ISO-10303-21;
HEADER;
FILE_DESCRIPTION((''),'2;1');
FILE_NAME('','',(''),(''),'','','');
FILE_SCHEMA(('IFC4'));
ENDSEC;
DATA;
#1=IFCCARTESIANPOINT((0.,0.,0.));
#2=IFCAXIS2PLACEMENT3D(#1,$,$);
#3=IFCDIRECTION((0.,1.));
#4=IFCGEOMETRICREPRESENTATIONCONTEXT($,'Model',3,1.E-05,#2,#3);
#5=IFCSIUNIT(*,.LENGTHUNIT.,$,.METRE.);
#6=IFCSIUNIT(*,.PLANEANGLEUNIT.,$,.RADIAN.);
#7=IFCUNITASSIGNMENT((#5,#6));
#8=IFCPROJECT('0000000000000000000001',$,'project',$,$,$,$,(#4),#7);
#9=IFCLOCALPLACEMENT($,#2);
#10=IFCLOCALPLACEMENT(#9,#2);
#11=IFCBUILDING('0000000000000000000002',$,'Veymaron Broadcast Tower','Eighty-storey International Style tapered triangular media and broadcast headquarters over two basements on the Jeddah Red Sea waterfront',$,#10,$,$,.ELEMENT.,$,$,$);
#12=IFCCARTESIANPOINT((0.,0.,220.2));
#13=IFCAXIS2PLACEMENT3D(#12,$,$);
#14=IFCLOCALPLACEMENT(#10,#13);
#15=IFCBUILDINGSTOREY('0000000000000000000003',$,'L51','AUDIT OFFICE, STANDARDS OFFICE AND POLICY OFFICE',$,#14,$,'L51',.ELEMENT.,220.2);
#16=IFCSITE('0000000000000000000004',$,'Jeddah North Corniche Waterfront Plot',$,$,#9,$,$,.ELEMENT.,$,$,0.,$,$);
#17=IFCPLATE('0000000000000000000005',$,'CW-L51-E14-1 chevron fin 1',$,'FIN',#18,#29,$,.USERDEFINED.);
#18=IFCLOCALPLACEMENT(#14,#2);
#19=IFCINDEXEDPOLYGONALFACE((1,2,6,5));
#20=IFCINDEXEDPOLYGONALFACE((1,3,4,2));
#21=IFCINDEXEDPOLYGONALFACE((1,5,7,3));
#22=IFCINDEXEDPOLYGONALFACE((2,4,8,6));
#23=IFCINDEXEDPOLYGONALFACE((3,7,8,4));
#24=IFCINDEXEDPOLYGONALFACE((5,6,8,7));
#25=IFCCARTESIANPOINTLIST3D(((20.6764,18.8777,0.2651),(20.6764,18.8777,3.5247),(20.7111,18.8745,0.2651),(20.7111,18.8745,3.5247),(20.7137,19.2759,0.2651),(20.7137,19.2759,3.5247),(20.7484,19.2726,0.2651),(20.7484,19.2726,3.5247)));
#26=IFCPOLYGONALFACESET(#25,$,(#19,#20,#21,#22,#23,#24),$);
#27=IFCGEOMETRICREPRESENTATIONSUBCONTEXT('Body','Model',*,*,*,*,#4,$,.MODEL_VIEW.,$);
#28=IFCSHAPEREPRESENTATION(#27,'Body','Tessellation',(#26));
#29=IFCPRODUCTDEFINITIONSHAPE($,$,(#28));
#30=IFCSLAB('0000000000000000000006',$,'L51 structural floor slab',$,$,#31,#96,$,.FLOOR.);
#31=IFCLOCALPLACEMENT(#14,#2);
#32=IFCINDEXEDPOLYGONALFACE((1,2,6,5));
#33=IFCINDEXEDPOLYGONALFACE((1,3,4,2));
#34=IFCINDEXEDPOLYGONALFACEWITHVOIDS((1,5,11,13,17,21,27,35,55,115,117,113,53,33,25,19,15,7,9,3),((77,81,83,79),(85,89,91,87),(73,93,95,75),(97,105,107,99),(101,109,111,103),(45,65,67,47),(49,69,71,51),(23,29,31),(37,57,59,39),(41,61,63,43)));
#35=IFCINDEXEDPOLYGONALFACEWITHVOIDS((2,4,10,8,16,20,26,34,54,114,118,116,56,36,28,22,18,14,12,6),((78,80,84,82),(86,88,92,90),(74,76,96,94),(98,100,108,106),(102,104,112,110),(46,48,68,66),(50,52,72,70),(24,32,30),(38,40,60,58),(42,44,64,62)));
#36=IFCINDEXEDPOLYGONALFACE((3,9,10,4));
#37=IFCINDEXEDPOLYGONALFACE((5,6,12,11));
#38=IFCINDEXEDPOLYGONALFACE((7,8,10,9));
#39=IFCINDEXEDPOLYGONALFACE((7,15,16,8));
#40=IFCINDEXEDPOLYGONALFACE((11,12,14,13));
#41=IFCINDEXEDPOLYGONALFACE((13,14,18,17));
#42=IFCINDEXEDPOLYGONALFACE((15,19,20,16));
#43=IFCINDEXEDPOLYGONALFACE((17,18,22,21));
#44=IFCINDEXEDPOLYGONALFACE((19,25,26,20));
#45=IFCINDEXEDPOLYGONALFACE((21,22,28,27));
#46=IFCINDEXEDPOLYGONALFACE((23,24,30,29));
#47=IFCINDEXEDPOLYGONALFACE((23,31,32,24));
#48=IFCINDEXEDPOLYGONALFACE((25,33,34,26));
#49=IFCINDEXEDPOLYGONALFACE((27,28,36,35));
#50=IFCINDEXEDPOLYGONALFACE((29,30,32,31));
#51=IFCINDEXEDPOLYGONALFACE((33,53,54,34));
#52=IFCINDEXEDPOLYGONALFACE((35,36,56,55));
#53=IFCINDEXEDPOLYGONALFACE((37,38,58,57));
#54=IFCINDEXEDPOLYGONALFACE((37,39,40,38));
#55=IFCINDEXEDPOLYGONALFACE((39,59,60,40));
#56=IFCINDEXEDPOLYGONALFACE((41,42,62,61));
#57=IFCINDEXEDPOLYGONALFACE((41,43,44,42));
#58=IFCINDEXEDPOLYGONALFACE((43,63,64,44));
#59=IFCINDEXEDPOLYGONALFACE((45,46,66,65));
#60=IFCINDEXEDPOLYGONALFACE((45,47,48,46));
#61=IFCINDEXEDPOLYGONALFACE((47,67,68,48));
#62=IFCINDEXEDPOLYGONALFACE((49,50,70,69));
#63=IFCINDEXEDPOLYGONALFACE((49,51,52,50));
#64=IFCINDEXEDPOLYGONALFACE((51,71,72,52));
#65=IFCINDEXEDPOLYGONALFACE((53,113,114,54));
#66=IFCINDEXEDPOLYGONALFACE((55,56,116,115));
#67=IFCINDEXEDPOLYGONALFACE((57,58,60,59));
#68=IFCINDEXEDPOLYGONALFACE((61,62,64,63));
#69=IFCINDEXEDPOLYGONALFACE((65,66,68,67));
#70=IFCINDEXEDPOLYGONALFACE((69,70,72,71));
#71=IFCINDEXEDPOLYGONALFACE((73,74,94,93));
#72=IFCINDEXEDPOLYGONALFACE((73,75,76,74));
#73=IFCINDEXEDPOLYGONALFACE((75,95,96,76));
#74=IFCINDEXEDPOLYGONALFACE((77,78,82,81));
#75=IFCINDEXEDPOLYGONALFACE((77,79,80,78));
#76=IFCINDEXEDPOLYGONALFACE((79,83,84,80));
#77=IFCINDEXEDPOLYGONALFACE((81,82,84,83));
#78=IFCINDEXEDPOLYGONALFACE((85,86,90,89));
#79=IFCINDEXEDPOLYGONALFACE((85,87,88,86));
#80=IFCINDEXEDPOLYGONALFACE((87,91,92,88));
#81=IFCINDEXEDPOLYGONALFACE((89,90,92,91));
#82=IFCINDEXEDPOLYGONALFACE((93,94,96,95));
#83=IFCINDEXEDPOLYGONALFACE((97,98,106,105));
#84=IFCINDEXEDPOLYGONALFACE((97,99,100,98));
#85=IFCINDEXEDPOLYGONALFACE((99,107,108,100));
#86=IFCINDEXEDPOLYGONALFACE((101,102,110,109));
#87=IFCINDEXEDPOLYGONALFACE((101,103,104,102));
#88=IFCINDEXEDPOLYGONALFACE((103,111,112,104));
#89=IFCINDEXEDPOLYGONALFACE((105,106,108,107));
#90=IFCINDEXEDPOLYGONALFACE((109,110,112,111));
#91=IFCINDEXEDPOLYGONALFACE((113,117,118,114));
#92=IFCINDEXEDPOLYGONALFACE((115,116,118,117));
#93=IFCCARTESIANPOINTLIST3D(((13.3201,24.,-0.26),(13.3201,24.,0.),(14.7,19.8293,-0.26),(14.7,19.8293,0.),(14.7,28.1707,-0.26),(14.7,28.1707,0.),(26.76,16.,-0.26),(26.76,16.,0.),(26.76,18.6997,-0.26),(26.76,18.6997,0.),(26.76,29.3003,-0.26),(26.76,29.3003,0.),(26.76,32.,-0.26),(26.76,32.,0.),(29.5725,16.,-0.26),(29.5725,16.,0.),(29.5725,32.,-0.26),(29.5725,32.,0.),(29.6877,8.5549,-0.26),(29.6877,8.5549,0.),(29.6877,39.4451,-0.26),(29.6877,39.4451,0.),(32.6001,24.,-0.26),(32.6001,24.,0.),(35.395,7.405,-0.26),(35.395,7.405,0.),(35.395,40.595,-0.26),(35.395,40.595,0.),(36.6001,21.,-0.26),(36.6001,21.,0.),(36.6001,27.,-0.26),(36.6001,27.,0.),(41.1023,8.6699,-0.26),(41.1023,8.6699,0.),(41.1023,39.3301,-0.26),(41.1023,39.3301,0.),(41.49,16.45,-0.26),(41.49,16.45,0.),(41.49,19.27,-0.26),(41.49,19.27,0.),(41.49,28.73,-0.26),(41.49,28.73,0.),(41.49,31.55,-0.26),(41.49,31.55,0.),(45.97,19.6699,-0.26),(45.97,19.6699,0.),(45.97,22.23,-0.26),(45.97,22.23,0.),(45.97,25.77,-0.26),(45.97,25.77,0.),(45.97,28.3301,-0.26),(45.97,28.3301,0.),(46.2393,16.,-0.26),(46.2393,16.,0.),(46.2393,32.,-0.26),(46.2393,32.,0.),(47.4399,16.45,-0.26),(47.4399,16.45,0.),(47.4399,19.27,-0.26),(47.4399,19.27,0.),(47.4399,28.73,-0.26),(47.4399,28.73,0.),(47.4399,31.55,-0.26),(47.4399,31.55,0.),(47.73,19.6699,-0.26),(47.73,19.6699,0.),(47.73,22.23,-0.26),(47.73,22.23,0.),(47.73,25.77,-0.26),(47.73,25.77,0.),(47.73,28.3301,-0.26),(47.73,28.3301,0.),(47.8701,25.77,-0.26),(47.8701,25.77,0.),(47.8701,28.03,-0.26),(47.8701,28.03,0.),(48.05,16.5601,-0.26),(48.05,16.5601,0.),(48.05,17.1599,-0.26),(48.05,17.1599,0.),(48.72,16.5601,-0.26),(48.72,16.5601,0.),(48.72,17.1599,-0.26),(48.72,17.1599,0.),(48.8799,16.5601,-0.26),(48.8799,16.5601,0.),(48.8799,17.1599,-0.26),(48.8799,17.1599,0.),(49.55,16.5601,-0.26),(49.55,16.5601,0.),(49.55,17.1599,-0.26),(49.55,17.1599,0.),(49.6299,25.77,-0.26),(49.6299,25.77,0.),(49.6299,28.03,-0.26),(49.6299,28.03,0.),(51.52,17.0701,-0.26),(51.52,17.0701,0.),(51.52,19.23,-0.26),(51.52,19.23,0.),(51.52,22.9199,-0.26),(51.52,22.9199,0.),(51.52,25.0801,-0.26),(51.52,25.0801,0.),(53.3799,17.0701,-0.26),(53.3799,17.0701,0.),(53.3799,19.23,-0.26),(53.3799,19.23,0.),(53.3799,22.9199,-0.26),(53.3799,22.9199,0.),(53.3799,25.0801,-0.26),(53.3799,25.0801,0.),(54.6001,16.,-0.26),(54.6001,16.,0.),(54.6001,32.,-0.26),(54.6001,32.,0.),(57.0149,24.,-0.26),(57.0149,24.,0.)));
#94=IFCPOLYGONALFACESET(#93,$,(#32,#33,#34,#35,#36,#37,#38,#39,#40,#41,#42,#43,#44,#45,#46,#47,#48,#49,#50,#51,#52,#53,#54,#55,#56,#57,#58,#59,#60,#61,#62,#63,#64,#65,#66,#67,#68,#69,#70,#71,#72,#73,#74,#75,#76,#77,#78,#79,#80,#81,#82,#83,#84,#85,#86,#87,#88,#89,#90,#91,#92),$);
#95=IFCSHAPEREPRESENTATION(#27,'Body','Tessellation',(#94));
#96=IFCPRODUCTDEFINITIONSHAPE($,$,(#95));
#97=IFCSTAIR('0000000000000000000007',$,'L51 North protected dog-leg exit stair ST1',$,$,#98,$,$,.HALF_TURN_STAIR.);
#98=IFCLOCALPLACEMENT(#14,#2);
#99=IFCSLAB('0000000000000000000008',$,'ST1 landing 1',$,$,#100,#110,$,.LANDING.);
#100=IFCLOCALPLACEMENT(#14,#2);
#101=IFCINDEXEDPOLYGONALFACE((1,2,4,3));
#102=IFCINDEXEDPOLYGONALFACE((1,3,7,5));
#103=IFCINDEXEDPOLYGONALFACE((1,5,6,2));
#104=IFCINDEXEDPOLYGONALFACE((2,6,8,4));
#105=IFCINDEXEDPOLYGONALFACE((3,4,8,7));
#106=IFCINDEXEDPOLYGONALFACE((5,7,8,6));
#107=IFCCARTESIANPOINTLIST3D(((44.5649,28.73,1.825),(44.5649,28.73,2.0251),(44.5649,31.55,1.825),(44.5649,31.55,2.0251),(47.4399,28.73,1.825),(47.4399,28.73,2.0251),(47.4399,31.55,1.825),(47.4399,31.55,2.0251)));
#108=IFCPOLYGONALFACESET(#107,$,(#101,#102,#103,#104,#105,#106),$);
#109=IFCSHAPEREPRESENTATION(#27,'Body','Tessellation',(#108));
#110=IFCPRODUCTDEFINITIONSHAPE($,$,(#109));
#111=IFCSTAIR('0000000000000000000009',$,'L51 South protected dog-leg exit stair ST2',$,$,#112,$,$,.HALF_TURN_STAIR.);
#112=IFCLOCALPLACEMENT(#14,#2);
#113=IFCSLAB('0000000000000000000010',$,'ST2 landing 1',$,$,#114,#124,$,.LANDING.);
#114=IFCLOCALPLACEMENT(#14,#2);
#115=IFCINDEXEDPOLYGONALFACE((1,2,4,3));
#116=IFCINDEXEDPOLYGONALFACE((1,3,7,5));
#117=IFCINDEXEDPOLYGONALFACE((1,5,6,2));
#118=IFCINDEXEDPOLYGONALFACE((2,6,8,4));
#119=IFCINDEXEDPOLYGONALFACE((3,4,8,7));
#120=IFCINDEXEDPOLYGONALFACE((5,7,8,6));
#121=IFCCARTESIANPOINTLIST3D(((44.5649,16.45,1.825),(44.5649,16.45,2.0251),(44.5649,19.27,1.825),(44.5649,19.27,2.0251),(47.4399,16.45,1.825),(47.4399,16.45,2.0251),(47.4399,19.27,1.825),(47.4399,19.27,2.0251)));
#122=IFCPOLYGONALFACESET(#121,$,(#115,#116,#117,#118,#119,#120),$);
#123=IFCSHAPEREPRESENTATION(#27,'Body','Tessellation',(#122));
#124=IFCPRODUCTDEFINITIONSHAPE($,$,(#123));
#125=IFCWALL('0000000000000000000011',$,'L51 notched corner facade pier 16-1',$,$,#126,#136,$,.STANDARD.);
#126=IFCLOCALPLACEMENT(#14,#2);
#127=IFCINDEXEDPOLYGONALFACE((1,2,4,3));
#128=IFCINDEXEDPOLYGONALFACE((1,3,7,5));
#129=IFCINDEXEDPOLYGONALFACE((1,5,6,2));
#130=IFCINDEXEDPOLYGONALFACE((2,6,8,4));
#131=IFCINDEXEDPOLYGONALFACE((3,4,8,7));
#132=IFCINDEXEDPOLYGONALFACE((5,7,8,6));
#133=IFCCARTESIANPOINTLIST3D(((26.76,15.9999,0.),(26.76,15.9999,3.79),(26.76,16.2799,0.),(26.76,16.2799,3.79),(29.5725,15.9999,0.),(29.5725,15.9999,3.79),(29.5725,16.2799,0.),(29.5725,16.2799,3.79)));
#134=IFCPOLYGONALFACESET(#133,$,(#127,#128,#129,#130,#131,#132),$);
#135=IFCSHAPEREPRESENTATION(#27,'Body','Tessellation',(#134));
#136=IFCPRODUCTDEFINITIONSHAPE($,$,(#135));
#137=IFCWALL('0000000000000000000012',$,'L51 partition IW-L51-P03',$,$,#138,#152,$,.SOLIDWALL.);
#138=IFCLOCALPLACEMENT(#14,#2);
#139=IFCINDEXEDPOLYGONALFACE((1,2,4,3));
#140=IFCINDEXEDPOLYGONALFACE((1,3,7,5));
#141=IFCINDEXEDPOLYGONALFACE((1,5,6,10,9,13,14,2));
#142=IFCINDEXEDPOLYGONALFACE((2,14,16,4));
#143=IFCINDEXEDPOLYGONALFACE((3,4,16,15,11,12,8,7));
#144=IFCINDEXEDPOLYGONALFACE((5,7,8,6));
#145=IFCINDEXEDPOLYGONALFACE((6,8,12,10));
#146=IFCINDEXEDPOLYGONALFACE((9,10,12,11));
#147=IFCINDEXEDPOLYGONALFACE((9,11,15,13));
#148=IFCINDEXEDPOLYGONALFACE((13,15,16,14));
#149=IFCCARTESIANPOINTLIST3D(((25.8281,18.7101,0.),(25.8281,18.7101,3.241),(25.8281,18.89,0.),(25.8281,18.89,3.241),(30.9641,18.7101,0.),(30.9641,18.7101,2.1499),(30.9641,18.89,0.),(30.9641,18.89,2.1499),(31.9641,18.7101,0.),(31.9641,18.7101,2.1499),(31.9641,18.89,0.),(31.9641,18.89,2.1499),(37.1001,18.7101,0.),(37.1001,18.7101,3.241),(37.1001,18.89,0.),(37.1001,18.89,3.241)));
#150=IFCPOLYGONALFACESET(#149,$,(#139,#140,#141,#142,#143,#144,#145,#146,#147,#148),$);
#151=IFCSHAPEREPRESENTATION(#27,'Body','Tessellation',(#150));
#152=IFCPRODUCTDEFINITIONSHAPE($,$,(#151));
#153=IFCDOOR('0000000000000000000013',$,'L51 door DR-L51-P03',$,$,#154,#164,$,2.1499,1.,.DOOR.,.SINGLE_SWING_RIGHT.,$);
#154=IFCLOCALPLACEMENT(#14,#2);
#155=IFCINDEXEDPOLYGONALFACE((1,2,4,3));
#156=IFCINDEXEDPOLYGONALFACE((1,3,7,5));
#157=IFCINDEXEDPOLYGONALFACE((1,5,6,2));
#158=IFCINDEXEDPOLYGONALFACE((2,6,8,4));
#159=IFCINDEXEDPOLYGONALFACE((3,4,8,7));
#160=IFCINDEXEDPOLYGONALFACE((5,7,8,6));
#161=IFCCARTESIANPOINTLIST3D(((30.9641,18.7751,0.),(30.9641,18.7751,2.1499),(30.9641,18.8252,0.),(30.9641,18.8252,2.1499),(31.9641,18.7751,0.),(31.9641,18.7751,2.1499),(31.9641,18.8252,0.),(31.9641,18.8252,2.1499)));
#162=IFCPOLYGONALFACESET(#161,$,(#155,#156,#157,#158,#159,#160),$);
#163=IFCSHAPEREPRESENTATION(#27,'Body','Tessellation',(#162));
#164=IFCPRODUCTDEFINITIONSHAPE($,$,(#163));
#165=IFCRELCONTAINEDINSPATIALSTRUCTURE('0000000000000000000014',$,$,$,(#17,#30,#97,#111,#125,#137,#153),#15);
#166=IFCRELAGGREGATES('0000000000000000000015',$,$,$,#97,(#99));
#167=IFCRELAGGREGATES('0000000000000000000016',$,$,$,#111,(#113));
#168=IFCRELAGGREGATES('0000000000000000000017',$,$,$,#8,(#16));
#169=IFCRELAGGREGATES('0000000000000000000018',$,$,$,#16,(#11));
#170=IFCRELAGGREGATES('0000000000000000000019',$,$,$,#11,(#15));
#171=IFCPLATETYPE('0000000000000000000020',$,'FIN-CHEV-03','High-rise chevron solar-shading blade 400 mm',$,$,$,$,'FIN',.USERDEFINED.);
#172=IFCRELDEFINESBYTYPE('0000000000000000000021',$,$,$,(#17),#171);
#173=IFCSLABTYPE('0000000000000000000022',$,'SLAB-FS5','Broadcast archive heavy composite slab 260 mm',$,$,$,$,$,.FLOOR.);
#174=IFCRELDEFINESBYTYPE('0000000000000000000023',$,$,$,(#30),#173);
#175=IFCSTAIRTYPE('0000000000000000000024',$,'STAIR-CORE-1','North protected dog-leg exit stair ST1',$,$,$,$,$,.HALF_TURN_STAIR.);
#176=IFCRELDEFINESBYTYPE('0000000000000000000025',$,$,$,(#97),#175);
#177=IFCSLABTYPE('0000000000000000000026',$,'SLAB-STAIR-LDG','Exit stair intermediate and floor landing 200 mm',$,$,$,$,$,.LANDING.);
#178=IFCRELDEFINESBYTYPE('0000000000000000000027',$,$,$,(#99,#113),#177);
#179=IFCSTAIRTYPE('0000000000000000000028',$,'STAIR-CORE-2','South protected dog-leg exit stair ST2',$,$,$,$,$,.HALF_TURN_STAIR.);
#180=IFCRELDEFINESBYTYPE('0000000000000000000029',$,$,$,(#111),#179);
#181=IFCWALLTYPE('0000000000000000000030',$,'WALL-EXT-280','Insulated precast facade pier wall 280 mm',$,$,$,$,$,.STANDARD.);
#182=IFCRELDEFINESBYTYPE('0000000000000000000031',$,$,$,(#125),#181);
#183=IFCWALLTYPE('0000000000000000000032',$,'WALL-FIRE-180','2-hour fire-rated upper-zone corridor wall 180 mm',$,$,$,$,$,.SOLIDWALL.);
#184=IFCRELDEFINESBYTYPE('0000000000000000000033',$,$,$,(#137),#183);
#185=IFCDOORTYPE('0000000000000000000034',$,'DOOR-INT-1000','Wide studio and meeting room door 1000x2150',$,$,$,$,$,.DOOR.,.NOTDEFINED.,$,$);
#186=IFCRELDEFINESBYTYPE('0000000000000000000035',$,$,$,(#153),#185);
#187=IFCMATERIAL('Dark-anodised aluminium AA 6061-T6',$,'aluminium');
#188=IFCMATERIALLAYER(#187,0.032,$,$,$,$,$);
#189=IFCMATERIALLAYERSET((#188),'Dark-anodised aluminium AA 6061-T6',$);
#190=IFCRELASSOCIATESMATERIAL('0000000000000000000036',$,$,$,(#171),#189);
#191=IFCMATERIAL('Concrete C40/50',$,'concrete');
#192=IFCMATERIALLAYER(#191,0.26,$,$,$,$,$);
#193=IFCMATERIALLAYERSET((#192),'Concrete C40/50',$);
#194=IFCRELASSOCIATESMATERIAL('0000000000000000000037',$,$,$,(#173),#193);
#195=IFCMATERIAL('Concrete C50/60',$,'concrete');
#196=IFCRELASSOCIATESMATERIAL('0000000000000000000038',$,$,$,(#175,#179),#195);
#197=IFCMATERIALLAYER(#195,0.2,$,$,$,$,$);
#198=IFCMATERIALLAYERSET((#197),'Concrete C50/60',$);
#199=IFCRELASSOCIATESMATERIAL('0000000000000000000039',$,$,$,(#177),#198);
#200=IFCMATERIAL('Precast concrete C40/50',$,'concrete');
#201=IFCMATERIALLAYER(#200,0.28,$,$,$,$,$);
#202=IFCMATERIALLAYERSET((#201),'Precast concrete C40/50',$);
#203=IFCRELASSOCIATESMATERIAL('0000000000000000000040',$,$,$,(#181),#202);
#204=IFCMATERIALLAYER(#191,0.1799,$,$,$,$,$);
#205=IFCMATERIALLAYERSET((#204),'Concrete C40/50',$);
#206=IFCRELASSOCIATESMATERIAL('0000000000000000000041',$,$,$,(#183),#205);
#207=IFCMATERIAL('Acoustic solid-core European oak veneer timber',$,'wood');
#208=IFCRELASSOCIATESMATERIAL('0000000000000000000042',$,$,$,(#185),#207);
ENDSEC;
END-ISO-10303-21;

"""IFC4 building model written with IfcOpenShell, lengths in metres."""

from ifc_helpers import new_model, si_unit, direction, frame, frame_2d, origin, origin_2d, place, context, subcontext, project, spatial, polyline, rectangle, outline, extrude, material, layer, layer_set, type_object, element, fill, aggregate, save


model = new_model("IFC4")

# Units and contexts
model_context = context("Model", 3, precision=1e-05, world=origin(), true_north=direction((0.0, 1.0)))
body_context = subcontext(model_context, "Body", "Model", "MODEL_VIEW")
ifc_project = project(units=[si_unit("LENGTHUNIT", "METRE"), si_unit("PLANEANGLEUNIT", "RADIAN")], contexts=[model_context])

# Site, building, storey
site_placement = place(None, origin())
site = spatial("IfcSite", under=ifc_project, at=site_placement, Name="Jeddah North Corniche Waterfront Plot", CompositionType="ELEMENT", RefElevation=0.0)
building_placement = place(site_placement, origin())
building = spatial("IfcBuilding", under=site, at=building_placement, Name="Veymaron Broadcast Tower", Description="Eighty-storey International Style tapered triangular media and broadcast headquarters over two basements on the Jeddah Red Sea waterfront", CompositionType="ELEMENT")
storey_placement = place(building_placement, frame((0.0, 0.0, 220.2)))
storey = spatial("IfcBuildingStorey", under=building, at=storey_placement, Name="L51", Description="AUDIT OFFICE, STANDARDS OFFICE AND POLICY OFFICE", LongName="L51", CompositionType="ELEMENT", Elevation=220.2)

# Plate
ifc_material_1 = material(Name="Dark-anodised aluminium AA 6061-T6", Category="aluminium")
ifc_layer_1 = layer(ifc_material_1, 0.032)
ifc_layer_set_1 = layer_set([ifc_layer_1], Name="Dark-anodised aluminium AA 6061-T6")
plate_type_1 = type_object("IfcPlateType", Name="FIN-CHEV-03", Description="High-rise chevron solar-shading blade 400 mm", ElementType="FIN", PredefinedType="USERDEFINED", material=ifc_layer_set_1)
plate_1_placement = place(storey_placement, frame((20.7124, 19.0752, 0.2651), z_axis=(0.0, 0.0, 1.0), x_axis=(-0.093257, -0.995642, 0.0)))
element("IfcPlate", 1, at=plate_1_placement, inside=storey, type_object=plate_type_1, Name="CW-L51-E14-1 chevron fin 1", ObjectType="FIN", PredefinedType="USERDEFINED", context=body_context, shape_type="SweptSolid", body=[
    extrude(rectangle(XDim=0.3999, YDim=0.0349, at=origin_2d()), origin(), (0.0, 0.0, 1.0), 3.2595),
])

# Slab
ifc_material_2 = material(Name="Concrete C40/50", Category="concrete")
ifc_layer_2 = layer(ifc_material_2, 0.26)
ifc_layer_set_2 = layer_set([ifc_layer_2], Name="Concrete C40/50")
slab_type_1 = type_object("IfcSlabType", Name="SLAB-FS5", Description="Broadcast archive heavy composite slab 260 mm", PredefinedType="FLOOR", material=ifc_layer_set_2)
slab_1_placement = place(storey_placement, frame((0.0, 0.0, -0.26)))
element("IfcSlab", 2, at=slab_1_placement, inside=storey, type_object=slab_type_1, Name="L51 structural floor slab", PredefinedType="FLOOR", context=body_context, shape_type="SweptSolid", body=[
    extrude(outline(polyline([(46.2393, 16.0), (54.6001, 16.0), (57.0149, 24.0), (54.6001, 32.0), (46.2393, 32.0), (41.1023, 39.3301), (35.395, 40.595), (29.6877, 39.4451), (29.5725, 32.0), (26.76, 32.0), (26.76, 29.3003), (14.7, 28.1707), (13.3201, 24.0), (14.7, 19.8293), (26.76, 18.6997), (26.76, 16.0), (29.5725, 16.0), (29.6877, 8.5549), (35.395, 7.405), (41.1023, 8.6699), (46.2393, 16.0)]), holes=[polyline([(45.97, 28.3301), (47.73, 28.3301), (47.73, 25.77), (45.97, 25.77), (45.97, 28.3301)]), polyline([(45.97, 22.23), (47.73, 22.23), (47.73, 19.6699), (45.97, 19.6699), (45.97, 22.23)]), polyline([(47.8701, 28.03), (49.6299, 28.03), (49.6299, 25.77), (47.8701, 25.77), (47.8701, 28.03)]), polyline([(51.52, 25.0801), (53.3799, 25.0801), (53.3799, 22.9199), (51.52, 22.9199), (51.52, 25.0801)]), polyline([(51.52, 19.23), (53.3799, 19.23), (53.3799, 17.0701), (51.52, 17.0701), (51.52, 19.23)]), polyline([(48.05, 17.1599), (48.72, 17.1599), (48.72, 16.5601), (48.05, 16.5601), (48.05, 17.1599)]), polyline([(48.8799, 17.1599), (49.55, 17.1599), (49.55, 16.5601), (48.8799, 16.5601), (48.8799, 17.1599)]), polyline([(36.6001, 27.0), (36.6001, 21.0), (32.6001, 24.0), (36.6001, 27.0)]), polyline([(41.49, 31.55), (47.4399, 31.55), (47.4399, 28.73), (41.49, 28.73), (41.49, 31.55)]), polyline([(41.49, 19.27), (47.4399, 19.27), (47.4399, 16.45), (41.49, 16.45), (41.49, 19.27)])]), origin(), (0.0, 0.0, 1.0), 0.26),
])

# Stairs, slabs
ifc_material_3 = material(Name="Concrete C50/60", Category="concrete")
stair_type_1 = type_object("IfcStairType", Name="STAIR-CORE-1", Description="North protected dog-leg exit stair ST1", PredefinedType="HALF_TURN_STAIR", material=ifc_material_3)
stair_1_placement = place(storey_placement, origin())
stair_1 = element("IfcStair", 3, at=stair_1_placement, inside=storey, type_object=stair_type_1, Name="L51 North protected dog-leg exit stair ST1", PredefinedType="HALF_TURN_STAIR")
ifc_layer_3 = layer(ifc_material_3, 0.2)
ifc_layer_set_3 = layer_set([ifc_layer_3], Name="Concrete C50/60")
slab_type_2 = type_object("IfcSlabType", Name="SLAB-STAIR-LDG", Description="Exit stair intermediate and floor landing 200 mm", PredefinedType="LANDING", material=ifc_layer_set_3)
slab_2_placement = place(storey_placement, frame((0.0, 0.0, 1.825)))
slab_2 = element("IfcSlab", 4, at=slab_2_placement, type_object=slab_type_2, Name="ST1 landing 1", PredefinedType="LANDING", context=body_context, shape_type="SweptSolid", body=[
    extrude(outline(polyline([(44.5649, 28.73), (47.4399, 28.73), (47.4399, 31.55), (44.5649, 31.55), (44.5649, 28.73)])), origin(), (0.0, 0.0, 1.0), 0.2002),
])
aggregate(stair_1, [slab_2])
stair_type_2 = type_object("IfcStairType", Name="STAIR-CORE-2", Description="South protected dog-leg exit stair ST2", PredefinedType="HALF_TURN_STAIR", material=ifc_material_3)
stair_2_placement = place(storey_placement, origin())
stair_2 = element("IfcStair", 5, at=stair_2_placement, inside=storey, type_object=stair_type_2, Name="L51 South protected dog-leg exit stair ST2", PredefinedType="HALF_TURN_STAIR")
slab_3_placement = place(storey_placement, frame((0.0, 0.0, 1.825)))
slab_3 = element("IfcSlab", 6, at=slab_3_placement, type_object=slab_type_2, Name="ST2 landing 1", PredefinedType="LANDING", context=body_context, shape_type="SweptSolid", body=[
    extrude(outline(polyline([(44.5649, 16.45), (47.4399, 16.45), (47.4399, 19.27), (44.5649, 19.27), (44.5649, 16.45)])), origin(), (0.0, 0.0, 1.0), 0.2002),
])
aggregate(stair_2, [slab_3])

# Wall
ifc_material_4 = material(Name="Precast concrete C40/50", Category="concrete")
ifc_layer_4 = layer(ifc_material_4, 0.28)
ifc_layer_set_4 = layer_set([ifc_layer_4], Name="Precast concrete C40/50")
wall_type_1 = type_object("IfcWallType", Name="WALL-EXT-280", Description="Insulated precast facade pier wall 280 mm", PredefinedType="STANDARD", material=ifc_layer_set_4)
wall_1_placement = place(storey_placement, frame((26.76, 16.1399, 0.0), z_axis=(0.0, 0.0, 1.0), x_axis=(1.0, 0.0, 0.0)))
element("IfcWall", 7, at=wall_1_placement, inside=storey, type_object=wall_type_1, Name="L51 notched corner facade pier 16-1", PredefinedType="STANDARD", context=body_context, shape_type="SweptSolid", body=[
    extrude(rectangle(XDim=2.8125, YDim=0.28, at=frame_2d((1.4062, 0.0))), origin(), (0.0, 0.0, 1.0), 3.79),
])

# Wall, opening, door
ifc_layer_5 = layer(ifc_material_2, 0.1799)
ifc_layer_set_5 = layer_set([ifc_layer_5], Name="Concrete C40/50")
wall_type_2 = type_object("IfcWallType", Name="WALL-FIRE-180", Description="2-hour fire-rated upper-zone corridor wall 180 mm", PredefinedType="SOLIDWALL", material=ifc_layer_set_5)
wall_2_placement = place(storey_placement, frame((25.8281, 18.8, 0.0), z_axis=(0.0, 0.0, 1.0), x_axis=(1.0, 0.0, 0.0)))
wall_2 = element("IfcWall", 8, at=wall_2_placement, inside=storey, type_object=wall_type_2, Name="L51 partition IW-L51-P03", PredefinedType="SOLIDWALL", context=body_context, shape_type="SweptSolid", body=[
    extrude(rectangle(XDim=11.272, YDim=0.1799, at=frame_2d((5.636, 0.0))), origin(), (0.0, 0.0, 1.0), 3.241),
])
opening_1_placement = place(wall_2_placement, frame((5.136, 0.0, 0.0)))
opening_1 = element("IfcOpeningElement", 9, at=opening_1_placement, cuts=wall_2, PredefinedType="OPENING", context=body_context, shape_type="SweptSolid", body=[
    extrude(rectangle(XDim=1.0, YDim=2.1499, at=frame_2d((0.5, 1.075))), frame((0.0, 0.1001, 0.0), z_axis=(0.0, -1.0, 0.0), x_axis=(1.0, 0.0, 0.0)), (0.0, 0.0, 1.0), 0.2),
])
ifc_material_5 = material(Name="Acoustic solid-core European oak veneer timber", Category="wood")
door_type = type_object("IfcDoorType", Name="DOOR-INT-1000", Description="Wide studio and meeting room door 1000x2150", OperationType="NOTDEFINED", PredefinedType="DOOR", material=ifc_material_5)
door_1_placement = place(opening_1_placement, frame((1.0, 0.0, 0.0), z_axis=(0.0, 0.0, 1.0), x_axis=(-1.0, 0.0, 0.0)))
door_1 = element("IfcDoor", 10, at=door_1_placement, inside=storey, type_object=door_type, Name="L51 door DR-L51-P03", OperationType="SINGLE_SWING_RIGHT", OverallHeight=2.1499, OverallWidth=1.0, PredefinedType="DOOR", context=body_context, shape_type="SweptSolid", body=[
    extrude(rectangle(XDim=1.0, YDim=2.1499, at=frame_2d((0.5, 1.075))), frame((0.0, 0.0249, 0.0), z_axis=(0.0, -1.0, 0.0), x_axis=(1.0, 0.0, 0.0)), (0.0, 0.0, 1.0), 0.05),
])
fill(opening_1, door_1)

save(model, "model.ifc")
